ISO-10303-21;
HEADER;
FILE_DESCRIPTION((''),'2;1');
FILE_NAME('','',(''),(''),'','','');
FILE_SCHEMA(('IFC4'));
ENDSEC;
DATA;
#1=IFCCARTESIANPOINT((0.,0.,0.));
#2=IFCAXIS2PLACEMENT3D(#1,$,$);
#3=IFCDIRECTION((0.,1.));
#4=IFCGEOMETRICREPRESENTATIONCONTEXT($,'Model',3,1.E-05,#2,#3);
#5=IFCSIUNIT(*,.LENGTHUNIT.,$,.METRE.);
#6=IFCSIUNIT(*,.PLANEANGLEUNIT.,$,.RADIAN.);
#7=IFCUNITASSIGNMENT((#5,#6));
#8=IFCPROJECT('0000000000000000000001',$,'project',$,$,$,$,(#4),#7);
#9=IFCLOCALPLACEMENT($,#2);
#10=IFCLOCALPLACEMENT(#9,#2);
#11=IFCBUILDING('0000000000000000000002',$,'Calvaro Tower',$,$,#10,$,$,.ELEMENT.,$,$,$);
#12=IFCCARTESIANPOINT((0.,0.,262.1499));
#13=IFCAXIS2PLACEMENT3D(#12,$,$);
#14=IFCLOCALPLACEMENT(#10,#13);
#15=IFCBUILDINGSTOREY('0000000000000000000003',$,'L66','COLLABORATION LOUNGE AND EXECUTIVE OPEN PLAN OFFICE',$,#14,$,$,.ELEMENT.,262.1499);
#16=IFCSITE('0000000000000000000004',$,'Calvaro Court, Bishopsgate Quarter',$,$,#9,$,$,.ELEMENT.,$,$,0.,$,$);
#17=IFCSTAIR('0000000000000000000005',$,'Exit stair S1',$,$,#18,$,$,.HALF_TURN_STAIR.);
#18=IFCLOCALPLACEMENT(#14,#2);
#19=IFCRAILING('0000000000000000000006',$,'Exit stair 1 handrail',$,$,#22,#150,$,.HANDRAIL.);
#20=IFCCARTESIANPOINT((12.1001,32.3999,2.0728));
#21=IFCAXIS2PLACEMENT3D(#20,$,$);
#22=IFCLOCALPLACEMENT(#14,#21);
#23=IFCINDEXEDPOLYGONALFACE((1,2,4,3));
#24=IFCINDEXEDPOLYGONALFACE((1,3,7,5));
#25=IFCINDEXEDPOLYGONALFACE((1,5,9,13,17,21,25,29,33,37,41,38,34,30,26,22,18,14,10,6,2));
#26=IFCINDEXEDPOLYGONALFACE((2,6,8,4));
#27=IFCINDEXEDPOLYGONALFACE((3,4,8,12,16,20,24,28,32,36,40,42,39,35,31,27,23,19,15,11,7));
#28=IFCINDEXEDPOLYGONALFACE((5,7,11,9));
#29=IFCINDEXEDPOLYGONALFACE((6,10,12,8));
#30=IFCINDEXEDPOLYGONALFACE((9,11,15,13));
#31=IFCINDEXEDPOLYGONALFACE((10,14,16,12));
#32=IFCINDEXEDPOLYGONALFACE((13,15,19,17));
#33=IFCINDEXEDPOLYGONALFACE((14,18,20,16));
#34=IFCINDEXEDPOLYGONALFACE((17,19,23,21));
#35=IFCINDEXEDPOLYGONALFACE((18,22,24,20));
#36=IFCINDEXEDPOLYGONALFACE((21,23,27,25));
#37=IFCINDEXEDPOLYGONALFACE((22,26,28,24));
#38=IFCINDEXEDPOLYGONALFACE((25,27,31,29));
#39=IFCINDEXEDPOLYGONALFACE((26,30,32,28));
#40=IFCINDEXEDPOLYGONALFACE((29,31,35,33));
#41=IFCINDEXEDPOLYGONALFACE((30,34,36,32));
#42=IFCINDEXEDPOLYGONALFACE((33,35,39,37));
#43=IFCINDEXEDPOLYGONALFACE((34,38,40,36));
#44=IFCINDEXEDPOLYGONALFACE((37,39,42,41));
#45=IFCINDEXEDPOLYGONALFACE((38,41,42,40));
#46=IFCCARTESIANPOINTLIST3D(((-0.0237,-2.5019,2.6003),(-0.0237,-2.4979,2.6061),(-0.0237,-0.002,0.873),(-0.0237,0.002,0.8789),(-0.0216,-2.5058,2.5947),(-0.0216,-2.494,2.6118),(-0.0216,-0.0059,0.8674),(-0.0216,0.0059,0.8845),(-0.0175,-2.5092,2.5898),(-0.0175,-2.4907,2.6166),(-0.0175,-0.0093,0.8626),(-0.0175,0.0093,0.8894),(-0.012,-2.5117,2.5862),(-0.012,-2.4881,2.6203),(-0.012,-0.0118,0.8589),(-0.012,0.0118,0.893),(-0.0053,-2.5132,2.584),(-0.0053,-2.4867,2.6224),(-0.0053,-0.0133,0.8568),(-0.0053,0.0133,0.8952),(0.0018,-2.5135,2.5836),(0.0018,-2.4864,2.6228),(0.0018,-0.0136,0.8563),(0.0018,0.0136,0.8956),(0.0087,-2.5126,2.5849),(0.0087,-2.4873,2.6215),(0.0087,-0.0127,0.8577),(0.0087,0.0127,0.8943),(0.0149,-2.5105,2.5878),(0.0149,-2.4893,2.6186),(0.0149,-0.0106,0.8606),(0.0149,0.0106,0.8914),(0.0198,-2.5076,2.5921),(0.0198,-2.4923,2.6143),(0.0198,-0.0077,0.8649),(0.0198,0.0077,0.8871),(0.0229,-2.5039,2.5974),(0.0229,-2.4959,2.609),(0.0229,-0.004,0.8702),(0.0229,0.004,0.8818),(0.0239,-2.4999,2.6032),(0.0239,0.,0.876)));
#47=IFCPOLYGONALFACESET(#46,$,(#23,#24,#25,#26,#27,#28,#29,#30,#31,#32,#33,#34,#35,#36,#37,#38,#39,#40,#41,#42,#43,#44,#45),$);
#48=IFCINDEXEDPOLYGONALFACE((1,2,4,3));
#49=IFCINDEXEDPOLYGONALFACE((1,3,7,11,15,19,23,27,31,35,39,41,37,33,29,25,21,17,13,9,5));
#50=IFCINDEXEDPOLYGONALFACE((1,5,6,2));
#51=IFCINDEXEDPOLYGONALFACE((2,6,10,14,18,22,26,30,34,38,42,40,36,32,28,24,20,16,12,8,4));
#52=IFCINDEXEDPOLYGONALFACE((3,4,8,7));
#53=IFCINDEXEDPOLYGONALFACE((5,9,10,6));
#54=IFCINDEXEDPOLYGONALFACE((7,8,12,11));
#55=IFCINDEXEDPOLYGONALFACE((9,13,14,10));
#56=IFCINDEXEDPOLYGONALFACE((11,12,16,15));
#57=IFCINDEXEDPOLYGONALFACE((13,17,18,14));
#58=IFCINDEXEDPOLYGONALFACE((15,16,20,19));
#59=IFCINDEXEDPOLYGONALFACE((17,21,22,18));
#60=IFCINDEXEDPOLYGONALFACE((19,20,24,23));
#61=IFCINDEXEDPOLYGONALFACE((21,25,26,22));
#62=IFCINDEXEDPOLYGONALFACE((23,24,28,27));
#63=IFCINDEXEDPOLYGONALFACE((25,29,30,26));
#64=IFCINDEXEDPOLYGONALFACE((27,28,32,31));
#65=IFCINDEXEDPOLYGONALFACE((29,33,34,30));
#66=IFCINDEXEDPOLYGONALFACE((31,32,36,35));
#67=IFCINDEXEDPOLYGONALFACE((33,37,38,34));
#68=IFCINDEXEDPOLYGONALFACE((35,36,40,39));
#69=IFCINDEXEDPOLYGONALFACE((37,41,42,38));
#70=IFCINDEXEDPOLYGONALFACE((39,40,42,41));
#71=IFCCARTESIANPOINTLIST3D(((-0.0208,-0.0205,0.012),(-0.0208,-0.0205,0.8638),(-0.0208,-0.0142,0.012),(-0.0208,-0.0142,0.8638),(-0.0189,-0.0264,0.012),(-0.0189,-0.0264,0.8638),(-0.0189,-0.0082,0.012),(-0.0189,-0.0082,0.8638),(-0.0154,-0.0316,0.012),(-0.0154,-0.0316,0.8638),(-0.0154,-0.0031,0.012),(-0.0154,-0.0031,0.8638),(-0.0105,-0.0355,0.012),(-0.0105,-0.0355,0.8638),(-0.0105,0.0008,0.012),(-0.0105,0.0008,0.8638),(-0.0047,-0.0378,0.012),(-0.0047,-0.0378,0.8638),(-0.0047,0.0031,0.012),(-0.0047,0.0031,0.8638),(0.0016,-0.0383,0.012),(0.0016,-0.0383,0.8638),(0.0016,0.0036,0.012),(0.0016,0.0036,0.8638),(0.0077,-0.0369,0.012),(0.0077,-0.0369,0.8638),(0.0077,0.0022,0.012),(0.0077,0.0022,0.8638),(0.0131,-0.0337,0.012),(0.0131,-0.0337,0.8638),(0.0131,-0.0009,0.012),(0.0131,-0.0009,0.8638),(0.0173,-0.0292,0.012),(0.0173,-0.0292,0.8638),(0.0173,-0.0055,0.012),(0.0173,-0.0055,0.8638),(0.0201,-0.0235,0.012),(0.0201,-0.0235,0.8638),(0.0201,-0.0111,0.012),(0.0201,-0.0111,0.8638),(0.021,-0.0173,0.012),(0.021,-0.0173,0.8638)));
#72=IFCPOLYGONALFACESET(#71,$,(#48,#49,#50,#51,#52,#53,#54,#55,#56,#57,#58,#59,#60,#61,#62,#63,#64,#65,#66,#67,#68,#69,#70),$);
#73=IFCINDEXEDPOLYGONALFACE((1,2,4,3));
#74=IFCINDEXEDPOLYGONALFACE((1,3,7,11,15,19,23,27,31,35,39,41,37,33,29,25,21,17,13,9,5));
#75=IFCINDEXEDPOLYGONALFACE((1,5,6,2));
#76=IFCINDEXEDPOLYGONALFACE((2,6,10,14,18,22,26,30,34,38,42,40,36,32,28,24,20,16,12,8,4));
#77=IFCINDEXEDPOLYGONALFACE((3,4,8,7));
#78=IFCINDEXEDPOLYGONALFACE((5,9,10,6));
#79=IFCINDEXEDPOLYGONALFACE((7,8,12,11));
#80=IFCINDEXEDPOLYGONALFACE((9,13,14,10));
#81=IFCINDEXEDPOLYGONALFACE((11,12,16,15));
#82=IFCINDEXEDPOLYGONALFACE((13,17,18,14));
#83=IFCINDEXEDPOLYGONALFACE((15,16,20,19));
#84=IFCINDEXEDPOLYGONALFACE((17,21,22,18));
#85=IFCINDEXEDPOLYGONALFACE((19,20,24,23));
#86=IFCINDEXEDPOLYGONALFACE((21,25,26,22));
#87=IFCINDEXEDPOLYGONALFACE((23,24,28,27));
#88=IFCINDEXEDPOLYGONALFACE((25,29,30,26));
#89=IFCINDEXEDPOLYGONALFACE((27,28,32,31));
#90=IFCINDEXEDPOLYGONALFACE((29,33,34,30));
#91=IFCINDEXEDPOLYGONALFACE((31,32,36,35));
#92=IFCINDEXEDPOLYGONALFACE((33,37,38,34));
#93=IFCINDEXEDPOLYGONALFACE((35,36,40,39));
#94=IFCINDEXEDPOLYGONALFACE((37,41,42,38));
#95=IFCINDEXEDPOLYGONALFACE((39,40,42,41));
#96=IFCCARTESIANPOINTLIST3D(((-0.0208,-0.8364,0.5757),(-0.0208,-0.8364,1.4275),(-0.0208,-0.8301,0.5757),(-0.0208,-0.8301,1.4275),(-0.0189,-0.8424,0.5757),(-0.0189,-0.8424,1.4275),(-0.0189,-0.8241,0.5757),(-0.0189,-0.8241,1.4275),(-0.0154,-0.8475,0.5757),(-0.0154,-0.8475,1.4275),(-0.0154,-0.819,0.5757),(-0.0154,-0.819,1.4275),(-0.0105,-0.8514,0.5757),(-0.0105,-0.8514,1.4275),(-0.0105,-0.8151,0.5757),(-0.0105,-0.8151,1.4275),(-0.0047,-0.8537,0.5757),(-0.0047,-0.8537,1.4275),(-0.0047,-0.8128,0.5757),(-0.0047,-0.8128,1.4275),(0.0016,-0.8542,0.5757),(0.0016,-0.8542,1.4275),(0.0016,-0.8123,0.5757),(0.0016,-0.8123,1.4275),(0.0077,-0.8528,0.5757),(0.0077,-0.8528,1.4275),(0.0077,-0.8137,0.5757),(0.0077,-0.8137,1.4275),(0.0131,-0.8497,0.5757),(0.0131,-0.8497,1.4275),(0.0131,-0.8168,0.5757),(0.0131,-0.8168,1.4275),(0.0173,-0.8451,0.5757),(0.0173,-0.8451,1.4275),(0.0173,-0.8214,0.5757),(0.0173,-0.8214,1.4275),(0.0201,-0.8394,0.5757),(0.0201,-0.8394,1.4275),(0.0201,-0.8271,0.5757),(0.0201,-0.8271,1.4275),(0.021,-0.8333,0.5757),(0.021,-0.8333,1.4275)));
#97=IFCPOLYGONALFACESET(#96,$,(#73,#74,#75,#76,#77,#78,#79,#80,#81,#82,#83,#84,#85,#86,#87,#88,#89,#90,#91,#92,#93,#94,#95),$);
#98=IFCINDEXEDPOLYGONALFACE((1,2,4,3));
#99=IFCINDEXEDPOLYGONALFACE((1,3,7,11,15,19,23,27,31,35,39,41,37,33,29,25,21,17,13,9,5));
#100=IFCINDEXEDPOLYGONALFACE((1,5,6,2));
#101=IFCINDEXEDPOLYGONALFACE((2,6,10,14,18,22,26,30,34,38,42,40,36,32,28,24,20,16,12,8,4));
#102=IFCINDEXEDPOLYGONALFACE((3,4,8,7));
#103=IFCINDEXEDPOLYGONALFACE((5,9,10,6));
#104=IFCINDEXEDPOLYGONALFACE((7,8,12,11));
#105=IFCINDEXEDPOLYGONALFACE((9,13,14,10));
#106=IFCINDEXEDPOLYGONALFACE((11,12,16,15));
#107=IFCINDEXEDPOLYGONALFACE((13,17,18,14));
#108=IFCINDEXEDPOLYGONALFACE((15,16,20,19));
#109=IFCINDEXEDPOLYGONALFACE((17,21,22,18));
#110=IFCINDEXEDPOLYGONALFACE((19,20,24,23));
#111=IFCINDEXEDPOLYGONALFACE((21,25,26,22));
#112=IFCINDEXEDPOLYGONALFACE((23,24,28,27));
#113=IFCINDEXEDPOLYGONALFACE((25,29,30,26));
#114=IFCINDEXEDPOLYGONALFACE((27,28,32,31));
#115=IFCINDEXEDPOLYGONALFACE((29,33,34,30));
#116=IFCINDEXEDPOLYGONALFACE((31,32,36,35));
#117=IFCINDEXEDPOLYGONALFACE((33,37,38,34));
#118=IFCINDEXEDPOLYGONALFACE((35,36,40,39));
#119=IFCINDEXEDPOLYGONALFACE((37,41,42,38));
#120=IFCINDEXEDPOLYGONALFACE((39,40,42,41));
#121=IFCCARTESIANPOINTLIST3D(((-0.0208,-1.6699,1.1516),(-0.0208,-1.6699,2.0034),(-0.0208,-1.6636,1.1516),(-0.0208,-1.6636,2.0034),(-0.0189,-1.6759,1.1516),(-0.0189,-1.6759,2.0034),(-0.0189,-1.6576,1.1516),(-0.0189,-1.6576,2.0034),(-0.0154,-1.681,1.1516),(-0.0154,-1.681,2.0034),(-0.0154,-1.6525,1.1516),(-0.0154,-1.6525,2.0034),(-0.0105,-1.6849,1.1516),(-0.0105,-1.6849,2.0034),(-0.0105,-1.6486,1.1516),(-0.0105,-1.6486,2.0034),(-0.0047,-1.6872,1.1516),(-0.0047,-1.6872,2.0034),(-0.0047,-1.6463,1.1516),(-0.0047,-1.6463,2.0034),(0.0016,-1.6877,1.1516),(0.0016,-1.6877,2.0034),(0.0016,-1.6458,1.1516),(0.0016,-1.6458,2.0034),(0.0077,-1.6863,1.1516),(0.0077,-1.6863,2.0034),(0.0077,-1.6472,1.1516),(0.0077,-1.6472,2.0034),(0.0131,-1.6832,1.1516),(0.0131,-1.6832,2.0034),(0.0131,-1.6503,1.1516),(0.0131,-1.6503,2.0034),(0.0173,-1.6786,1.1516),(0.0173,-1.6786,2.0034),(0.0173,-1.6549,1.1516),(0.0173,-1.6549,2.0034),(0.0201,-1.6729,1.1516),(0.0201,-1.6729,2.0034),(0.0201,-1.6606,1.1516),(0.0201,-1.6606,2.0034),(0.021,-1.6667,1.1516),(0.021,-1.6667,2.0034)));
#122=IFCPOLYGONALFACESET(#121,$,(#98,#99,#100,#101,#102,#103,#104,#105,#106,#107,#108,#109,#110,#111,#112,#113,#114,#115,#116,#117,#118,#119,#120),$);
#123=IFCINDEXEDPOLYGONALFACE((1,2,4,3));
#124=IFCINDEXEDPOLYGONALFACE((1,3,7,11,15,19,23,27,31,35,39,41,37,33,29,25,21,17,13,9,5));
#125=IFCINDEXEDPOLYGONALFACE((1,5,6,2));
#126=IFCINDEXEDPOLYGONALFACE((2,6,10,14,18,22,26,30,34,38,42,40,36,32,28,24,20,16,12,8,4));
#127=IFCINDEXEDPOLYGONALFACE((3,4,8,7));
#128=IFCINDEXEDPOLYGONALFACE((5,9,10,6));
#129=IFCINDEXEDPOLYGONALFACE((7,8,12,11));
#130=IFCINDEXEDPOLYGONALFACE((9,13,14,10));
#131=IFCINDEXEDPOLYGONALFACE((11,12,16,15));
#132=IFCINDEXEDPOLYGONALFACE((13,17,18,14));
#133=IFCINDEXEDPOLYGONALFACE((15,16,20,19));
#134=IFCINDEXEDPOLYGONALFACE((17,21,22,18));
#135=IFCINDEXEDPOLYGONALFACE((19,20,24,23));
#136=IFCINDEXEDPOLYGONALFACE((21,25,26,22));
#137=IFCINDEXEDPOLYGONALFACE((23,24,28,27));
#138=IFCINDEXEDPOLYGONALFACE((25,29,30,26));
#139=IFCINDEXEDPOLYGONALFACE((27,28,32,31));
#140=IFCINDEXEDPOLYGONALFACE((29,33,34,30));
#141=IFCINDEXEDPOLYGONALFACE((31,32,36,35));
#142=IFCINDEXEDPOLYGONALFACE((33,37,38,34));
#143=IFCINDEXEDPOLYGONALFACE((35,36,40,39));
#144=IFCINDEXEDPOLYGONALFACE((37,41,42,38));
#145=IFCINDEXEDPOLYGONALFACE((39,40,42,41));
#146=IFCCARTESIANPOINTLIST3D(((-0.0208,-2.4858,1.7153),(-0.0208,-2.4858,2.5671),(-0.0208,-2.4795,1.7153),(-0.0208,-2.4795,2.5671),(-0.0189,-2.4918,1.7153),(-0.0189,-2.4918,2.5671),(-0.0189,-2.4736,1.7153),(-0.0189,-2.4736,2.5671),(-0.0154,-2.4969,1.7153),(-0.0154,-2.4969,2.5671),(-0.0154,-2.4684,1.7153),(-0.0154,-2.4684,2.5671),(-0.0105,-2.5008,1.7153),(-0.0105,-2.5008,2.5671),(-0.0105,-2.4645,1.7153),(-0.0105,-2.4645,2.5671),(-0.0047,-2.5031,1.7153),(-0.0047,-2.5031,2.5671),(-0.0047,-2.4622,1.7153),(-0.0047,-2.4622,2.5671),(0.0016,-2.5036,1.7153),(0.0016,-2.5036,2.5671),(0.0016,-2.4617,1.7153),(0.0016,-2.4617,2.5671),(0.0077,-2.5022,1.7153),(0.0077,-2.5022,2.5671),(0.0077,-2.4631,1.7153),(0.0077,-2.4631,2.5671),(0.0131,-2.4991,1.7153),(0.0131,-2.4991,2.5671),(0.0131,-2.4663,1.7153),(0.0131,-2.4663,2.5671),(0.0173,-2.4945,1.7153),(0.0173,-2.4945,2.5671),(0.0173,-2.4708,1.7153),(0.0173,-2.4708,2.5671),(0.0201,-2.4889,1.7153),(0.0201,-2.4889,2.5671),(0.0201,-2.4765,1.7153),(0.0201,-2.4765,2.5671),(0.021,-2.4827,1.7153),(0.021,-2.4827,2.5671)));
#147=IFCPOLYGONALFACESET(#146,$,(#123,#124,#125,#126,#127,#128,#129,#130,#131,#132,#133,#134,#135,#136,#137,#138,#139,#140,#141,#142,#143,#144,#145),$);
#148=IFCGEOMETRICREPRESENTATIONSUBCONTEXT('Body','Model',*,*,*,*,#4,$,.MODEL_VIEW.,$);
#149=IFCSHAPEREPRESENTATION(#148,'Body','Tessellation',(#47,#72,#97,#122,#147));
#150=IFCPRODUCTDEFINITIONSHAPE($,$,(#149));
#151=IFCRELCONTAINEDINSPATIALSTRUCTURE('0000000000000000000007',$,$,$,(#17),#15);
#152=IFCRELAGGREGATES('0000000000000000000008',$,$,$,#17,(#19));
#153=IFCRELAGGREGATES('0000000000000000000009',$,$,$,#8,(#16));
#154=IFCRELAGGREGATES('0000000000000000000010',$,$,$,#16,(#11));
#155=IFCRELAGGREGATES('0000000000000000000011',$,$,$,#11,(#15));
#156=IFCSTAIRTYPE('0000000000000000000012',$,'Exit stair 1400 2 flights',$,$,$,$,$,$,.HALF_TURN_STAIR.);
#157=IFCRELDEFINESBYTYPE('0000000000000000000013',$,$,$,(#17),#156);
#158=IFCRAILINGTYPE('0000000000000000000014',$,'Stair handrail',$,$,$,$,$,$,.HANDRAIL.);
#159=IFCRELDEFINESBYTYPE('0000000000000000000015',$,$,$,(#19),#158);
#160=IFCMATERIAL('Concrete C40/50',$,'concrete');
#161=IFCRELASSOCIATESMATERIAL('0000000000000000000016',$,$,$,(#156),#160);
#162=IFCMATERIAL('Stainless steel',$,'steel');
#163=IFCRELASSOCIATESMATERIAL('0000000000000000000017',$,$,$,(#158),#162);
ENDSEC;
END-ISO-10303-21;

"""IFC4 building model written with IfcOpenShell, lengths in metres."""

from ifc_helpers import new_model, si_unit, direction, frame, origin, origin_2d, place, context, subcontext, project, spatial, circle, extrude, material, type_object, element, aggregate, save


model = new_model("IFC4")

# Units and contexts
model_context = context("Model", 3, precision=1e-05, world=origin(), true_north=direction((0.0, 1.0)))
body_context = subcontext(model_context, "Body", "Model", "MODEL_VIEW")
ifc_project = project(units=[si_unit("LENGTHUNIT", "METRE"), si_unit("PLANEANGLEUNIT", "RADIAN")], contexts=[model_context])

# Site, building, storey
site_placement = place(None, origin())
site = spatial("IfcSite", under=ifc_project, at=site_placement, Name="Calvaro Court, Bishopsgate Quarter", CompositionType="ELEMENT", RefElevation=0.0)
building_placement = place(site_placement, origin())
building = spatial("IfcBuilding", under=site, at=building_placement, Name="Calvaro Tower", CompositionType="ELEMENT")
storey_placement = place(building_placement, frame((0.0, 0.0, 262.1499)))
storey = spatial("IfcBuildingStorey", under=building, at=storey_placement, Name="L66", Description="COLLABORATION LOUNGE AND EXECUTIVE OPEN PLAN OFFICE", CompositionType="ELEMENT", Elevation=262.1499)

# Shared definitions
ifc_material_1 = material(Name="Concrete C40/50", Category="concrete")
stair_type = type_object("IfcStairType", Name="Exit stair 1400 2 flights", PredefinedType="HALF_TURN_STAIR", material=ifc_material_1)

# Stair, railing
stair_1_placement = place(storey_placement, origin())
stair_1 = element("IfcStair", 1, at=stair_1_placement, inside=storey, type_object=stair_type, Name="Exit stair S1", PredefinedType="HALF_TURN_STAIR")
ifc_material_2 = material(Name="Stainless steel", Category="steel")
railing_type = type_object("IfcRailingType", Name="Stair handrail", PredefinedType="HANDRAIL", material=ifc_material_2)
railing_1_placement = place(storey_placement, frame((12.1001, 32.3999, 2.0728)))
railing_1 = element("IfcRailing", 2, at=railing_1_placement, type_object=railing_type, Name="Exit stair 1 handrail", PredefinedType="HANDRAIL", context=body_context, shape_type="SweptSolid", body=[
    extrude(circle(Radius=0.0239, at=origin_2d()), frame((0.0, 0.0, 0.876), z_axis=(0.0, -0.822727, 0.568437), x_axis=(1.0, 0.0, 0.0)), (0.0, 0.0, 1.0), 3.0386),
    extrude(circle(Radius=0.021, at=origin_2d()), frame((0.0, -0.0173, 0.012)), (0.0, 0.0, 1.0), 0.8518),
    extrude(circle(Radius=0.021, at=origin_2d()), frame((0.0, -0.8333, 0.5757)), (0.0, 0.0, 1.0), 0.8518),
    extrude(circle(Radius=0.021, at=origin_2d()), frame((0.0, -1.6667, 1.1516)), (0.0, 0.0, 1.0), 0.8518),
    extrude(circle(Radius=0.021, at=origin_2d()), frame((0.0, -2.4827, 1.7153)), (0.0, 0.0, 1.0), 0.8518),
])
aggregate(stair_1, [railing_1])

save(model, "model.ifc")
